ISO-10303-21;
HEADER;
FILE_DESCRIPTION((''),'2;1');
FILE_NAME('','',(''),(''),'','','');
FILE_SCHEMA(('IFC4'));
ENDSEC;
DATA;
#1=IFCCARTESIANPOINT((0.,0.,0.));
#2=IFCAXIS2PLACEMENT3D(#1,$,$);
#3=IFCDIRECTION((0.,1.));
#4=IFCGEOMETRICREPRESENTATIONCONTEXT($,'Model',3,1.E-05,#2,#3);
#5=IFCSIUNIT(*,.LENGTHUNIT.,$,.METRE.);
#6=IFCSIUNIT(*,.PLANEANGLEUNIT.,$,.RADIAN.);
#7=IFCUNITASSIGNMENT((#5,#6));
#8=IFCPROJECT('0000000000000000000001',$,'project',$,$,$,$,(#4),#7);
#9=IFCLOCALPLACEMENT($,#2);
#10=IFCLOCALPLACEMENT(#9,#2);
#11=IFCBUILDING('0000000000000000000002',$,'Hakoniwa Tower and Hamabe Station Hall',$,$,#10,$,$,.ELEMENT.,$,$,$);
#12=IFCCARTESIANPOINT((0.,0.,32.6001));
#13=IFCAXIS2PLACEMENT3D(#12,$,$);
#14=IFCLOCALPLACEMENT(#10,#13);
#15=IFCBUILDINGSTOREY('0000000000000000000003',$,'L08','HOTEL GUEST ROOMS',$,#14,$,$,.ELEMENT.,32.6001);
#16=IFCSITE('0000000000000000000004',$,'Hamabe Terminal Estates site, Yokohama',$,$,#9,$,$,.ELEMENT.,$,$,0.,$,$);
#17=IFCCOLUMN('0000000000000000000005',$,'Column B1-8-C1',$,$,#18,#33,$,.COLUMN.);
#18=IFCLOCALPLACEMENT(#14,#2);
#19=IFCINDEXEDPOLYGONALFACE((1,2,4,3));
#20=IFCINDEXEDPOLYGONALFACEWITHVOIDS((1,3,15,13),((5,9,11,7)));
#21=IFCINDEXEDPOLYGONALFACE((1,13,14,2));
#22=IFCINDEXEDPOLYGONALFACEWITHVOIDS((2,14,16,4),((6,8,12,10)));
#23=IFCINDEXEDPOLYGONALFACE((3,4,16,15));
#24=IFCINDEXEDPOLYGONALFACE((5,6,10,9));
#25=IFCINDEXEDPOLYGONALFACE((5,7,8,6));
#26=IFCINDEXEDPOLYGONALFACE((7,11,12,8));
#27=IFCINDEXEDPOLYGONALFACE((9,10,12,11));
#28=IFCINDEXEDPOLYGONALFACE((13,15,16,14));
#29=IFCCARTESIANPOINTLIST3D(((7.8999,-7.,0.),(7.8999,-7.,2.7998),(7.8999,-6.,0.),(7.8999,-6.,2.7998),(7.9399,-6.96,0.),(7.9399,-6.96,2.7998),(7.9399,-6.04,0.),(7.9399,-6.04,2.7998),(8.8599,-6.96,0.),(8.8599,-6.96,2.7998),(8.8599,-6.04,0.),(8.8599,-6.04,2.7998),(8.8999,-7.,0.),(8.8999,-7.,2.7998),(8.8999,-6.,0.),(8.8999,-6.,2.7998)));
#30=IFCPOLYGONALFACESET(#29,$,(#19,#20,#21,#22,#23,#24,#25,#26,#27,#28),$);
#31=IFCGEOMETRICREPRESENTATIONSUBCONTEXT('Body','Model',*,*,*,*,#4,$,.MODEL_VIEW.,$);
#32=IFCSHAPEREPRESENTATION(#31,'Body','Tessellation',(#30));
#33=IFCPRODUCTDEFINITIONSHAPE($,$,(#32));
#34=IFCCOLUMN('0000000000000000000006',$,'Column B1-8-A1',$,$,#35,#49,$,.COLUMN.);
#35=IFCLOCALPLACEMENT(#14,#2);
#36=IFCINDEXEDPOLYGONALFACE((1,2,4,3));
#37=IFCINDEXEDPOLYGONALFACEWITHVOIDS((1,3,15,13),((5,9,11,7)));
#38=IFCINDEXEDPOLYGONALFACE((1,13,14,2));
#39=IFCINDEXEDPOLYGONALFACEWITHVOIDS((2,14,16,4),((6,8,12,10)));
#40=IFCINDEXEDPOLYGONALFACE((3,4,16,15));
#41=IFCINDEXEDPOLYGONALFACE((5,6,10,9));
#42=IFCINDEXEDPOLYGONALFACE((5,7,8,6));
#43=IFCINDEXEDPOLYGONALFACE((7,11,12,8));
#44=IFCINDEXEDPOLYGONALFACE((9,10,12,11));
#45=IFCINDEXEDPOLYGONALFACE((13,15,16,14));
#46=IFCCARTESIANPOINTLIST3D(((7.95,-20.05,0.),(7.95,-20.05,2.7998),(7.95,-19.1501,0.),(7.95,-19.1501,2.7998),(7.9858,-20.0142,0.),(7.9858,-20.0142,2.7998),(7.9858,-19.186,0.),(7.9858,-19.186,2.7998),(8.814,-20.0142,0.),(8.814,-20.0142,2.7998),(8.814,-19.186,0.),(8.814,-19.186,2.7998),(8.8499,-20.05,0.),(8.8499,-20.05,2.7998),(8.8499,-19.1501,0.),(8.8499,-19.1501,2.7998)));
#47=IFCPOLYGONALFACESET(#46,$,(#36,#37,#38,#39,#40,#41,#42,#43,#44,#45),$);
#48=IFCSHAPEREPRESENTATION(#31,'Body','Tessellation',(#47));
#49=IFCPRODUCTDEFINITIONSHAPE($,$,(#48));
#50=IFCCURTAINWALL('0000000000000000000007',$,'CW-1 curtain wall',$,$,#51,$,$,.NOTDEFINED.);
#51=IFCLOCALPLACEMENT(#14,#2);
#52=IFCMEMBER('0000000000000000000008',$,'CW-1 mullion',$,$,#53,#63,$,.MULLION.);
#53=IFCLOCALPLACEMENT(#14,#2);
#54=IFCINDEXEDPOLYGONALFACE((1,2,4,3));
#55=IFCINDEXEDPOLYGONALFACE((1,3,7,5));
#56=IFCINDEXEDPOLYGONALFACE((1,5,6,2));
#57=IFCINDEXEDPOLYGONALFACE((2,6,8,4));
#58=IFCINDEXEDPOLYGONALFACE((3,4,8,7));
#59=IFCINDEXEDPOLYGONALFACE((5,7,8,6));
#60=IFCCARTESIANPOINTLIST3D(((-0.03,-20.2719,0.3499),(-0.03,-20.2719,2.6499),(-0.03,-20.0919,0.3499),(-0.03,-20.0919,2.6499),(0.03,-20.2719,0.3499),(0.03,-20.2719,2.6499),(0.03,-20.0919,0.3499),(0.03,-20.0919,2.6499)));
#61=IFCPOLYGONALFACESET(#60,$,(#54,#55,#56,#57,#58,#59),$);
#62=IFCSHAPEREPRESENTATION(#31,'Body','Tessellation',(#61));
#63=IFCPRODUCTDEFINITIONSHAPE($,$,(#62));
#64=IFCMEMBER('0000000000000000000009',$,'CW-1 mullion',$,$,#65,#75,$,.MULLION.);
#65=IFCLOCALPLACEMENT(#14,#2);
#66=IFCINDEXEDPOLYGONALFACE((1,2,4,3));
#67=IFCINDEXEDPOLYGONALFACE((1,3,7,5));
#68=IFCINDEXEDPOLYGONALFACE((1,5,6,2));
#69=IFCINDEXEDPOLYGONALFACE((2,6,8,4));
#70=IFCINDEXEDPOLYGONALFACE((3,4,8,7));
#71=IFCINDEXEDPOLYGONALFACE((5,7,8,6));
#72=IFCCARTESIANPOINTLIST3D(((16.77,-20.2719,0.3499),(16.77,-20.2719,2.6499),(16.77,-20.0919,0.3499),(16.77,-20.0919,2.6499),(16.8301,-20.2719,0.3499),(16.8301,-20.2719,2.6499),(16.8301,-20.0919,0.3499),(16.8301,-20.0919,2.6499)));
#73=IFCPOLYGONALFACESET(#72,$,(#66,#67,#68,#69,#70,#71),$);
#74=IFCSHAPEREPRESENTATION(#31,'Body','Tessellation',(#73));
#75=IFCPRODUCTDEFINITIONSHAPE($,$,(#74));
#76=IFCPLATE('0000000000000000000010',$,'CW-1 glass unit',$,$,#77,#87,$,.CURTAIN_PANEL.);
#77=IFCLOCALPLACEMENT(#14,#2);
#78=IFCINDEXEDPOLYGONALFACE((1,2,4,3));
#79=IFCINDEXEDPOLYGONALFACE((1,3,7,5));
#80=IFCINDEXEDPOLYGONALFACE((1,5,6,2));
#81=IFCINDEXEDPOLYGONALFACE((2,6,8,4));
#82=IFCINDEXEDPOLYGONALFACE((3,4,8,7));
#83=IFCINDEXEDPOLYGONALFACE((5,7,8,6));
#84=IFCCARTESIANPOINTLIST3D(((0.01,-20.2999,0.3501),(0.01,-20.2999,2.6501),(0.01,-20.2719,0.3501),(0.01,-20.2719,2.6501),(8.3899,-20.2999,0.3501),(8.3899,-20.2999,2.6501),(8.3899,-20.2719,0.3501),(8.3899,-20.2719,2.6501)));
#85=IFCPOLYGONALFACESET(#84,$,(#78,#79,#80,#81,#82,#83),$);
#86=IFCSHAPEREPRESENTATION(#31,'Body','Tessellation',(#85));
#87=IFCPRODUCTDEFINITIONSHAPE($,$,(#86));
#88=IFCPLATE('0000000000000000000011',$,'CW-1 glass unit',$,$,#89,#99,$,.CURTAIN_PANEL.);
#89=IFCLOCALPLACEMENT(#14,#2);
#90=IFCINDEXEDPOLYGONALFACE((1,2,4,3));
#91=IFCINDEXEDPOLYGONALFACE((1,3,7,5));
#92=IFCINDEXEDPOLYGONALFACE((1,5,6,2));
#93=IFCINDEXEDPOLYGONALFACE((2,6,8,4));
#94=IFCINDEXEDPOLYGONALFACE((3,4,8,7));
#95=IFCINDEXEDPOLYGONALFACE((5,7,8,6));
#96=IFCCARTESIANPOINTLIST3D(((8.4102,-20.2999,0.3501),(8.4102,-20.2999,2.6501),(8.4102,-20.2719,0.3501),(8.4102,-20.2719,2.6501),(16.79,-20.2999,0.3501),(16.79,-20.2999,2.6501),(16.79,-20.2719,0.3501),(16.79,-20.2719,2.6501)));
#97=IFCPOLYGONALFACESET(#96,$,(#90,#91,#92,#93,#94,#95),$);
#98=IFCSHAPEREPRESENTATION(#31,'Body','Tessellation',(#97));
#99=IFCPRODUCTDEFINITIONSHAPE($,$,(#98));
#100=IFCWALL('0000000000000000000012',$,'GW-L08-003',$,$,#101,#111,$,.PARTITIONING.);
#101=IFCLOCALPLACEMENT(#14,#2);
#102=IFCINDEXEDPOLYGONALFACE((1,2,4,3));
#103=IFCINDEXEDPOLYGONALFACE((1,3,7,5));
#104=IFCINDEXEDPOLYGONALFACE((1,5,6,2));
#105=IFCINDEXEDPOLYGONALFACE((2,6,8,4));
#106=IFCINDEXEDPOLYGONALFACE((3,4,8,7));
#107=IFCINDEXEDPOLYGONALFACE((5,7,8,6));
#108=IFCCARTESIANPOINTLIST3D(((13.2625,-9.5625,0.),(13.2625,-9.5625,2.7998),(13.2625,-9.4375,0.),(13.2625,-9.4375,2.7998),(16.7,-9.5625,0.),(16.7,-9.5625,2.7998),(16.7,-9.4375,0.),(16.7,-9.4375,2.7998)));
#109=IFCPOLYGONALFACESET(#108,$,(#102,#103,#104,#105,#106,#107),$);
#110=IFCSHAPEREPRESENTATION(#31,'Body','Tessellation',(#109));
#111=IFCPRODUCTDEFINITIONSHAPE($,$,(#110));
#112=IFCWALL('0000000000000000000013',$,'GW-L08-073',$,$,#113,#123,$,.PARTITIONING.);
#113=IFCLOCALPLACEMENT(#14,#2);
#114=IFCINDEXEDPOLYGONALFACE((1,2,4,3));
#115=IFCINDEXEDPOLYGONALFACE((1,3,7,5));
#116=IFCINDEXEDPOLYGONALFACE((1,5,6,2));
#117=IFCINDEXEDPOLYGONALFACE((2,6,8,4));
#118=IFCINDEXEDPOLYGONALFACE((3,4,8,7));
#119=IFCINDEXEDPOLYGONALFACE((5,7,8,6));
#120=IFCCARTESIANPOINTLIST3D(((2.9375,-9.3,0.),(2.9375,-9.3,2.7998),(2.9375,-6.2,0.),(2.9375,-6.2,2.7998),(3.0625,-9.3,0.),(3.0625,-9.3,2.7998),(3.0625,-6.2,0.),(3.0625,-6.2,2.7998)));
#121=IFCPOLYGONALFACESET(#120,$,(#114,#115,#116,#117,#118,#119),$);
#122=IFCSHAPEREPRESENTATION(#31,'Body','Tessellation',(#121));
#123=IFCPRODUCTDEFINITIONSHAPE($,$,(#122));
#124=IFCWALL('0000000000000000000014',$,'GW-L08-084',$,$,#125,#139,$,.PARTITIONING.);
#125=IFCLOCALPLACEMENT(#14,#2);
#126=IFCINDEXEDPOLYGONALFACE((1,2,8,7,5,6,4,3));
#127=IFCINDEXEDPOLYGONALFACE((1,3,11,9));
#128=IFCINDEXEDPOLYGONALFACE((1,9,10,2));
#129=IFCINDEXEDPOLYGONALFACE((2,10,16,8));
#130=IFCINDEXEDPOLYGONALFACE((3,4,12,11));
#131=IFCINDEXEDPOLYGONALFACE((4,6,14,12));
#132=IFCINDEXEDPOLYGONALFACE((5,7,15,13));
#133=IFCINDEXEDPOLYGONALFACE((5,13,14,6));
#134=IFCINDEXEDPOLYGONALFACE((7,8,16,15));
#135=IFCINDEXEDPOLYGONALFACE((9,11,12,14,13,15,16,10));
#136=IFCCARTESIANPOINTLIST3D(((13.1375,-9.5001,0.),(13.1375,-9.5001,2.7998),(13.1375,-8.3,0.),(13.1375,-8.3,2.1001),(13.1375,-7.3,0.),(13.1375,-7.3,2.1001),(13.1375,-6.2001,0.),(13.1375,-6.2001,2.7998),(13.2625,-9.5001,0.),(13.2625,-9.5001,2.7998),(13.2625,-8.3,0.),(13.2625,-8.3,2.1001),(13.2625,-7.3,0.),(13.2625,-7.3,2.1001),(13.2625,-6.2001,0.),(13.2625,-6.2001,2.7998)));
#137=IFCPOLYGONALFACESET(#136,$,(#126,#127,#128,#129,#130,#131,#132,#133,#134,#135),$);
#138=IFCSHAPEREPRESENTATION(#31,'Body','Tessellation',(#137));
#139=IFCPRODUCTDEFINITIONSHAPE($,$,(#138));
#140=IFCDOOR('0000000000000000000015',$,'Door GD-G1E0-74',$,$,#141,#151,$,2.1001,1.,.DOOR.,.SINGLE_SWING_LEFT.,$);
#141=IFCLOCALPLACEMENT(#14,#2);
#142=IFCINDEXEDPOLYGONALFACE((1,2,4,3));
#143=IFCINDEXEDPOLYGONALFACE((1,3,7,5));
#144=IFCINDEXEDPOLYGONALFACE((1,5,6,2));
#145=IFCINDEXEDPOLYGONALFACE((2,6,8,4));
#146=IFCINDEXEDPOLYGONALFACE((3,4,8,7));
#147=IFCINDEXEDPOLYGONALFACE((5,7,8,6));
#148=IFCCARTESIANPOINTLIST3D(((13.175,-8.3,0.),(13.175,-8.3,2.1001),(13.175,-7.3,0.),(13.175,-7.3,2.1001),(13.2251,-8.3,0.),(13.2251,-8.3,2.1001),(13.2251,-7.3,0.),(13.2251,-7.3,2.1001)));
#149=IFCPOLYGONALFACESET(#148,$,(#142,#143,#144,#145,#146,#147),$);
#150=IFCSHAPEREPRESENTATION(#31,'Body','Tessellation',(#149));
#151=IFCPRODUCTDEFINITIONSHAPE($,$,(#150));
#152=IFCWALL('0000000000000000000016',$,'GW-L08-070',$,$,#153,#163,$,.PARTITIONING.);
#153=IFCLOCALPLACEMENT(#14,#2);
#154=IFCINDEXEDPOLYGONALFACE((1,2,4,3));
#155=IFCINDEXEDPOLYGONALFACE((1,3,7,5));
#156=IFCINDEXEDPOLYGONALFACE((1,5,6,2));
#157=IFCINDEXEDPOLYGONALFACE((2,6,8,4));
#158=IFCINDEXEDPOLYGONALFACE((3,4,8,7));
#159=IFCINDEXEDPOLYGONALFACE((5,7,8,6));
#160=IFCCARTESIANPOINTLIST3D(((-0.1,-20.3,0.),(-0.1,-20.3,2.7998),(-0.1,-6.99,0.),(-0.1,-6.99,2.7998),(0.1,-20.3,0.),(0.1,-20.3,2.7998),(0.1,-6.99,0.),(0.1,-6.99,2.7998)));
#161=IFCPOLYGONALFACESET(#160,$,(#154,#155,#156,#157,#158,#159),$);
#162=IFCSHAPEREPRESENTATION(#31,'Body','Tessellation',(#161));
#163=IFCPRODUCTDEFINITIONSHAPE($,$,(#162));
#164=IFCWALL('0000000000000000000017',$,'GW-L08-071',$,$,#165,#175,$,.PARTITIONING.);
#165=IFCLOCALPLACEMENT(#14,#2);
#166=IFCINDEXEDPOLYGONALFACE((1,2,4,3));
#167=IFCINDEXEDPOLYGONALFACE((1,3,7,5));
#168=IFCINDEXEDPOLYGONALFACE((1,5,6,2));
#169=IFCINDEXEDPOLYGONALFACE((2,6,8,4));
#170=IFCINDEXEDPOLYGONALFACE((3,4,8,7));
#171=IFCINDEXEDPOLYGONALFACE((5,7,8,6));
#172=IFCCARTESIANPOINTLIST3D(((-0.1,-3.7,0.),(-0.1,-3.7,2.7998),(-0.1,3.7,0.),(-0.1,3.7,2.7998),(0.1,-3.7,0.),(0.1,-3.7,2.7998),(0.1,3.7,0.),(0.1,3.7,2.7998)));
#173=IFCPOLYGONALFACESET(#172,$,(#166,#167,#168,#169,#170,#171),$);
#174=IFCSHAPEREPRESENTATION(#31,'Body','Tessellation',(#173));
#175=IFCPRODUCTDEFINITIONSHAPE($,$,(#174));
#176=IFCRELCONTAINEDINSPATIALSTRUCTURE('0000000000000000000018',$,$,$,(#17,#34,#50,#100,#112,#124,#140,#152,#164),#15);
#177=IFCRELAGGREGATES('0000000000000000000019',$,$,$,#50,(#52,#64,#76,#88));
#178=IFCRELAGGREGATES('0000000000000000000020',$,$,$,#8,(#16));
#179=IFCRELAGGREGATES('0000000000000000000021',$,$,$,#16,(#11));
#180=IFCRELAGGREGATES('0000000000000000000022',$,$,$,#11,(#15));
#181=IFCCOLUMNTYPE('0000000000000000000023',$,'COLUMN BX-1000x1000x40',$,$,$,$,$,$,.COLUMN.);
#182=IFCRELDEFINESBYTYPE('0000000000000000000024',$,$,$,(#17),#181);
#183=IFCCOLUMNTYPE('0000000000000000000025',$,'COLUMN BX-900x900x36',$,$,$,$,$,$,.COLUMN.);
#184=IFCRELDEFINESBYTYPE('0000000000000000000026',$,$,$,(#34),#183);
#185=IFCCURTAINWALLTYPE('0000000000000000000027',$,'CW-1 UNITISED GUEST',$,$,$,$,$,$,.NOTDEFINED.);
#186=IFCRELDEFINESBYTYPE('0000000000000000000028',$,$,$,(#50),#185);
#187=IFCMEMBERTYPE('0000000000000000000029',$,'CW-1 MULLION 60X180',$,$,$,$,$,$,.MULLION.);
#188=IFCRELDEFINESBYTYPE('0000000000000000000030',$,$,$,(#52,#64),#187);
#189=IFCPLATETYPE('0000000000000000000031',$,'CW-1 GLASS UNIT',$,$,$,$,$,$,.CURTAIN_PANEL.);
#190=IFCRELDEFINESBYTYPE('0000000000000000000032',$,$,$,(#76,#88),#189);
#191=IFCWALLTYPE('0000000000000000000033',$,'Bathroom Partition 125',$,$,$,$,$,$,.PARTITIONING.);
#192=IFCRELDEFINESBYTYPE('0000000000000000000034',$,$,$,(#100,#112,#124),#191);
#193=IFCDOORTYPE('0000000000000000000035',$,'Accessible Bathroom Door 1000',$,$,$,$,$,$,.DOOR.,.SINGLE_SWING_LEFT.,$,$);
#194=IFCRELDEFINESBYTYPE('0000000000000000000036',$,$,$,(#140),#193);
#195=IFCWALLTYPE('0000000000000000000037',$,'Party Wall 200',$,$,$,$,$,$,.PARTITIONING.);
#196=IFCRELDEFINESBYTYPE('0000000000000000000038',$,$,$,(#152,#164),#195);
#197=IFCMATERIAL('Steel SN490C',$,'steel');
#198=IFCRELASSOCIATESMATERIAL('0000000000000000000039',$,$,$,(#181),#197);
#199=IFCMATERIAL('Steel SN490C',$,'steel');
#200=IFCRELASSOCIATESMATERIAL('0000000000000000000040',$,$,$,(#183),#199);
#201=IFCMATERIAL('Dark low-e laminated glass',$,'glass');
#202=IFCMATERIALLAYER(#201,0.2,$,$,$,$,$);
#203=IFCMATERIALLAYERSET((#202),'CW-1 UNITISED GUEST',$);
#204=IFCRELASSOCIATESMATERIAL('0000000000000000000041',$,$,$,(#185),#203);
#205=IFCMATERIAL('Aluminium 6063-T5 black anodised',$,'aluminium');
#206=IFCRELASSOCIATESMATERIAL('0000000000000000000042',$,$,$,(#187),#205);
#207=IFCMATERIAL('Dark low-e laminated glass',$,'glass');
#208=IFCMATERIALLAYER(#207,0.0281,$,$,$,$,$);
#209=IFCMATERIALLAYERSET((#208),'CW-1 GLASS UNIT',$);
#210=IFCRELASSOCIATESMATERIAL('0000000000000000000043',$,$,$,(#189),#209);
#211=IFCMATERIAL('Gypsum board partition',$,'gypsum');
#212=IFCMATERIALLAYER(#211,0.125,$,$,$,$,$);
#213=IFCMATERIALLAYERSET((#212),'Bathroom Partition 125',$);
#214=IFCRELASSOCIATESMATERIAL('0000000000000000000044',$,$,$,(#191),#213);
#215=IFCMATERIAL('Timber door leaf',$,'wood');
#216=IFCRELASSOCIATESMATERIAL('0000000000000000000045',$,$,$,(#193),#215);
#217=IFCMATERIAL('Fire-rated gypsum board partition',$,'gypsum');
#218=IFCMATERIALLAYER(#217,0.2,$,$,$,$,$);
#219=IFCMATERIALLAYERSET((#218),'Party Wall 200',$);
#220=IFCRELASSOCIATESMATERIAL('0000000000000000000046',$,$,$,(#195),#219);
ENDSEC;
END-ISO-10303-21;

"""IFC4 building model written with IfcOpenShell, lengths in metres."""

from ifc_helpers import new_model, si_unit, direction, frame, frame_2d, origin, origin_2d, place, context, subcontext, project, spatial, rectangle, hollow_rectangle, extrude, material, layer, layer_set, material_profile, profile_set, type_object, element, fill, aggregate, save


model = new_model("IFC4")

# Units and contexts
model_context = context("Model", 3, precision=1e-05, world=origin(), true_north=direction((0.0, 1.0)))
body_context = subcontext(model_context, "Body", "Model", "MODEL_VIEW")
ifc_project = project(units=[si_unit("LENGTHUNIT", "METRE"), si_unit("PLANEANGLEUNIT", "RADIAN")], contexts=[model_context])

# Site, building, storey
site_placement = place(None, origin())
site = spatial("IfcSite", under=ifc_project, at=site_placement, Name="Hamabe Terminal Estates site, Yokohama", CompositionType="ELEMENT", RefElevation=0.0)
building_placement = place(site_placement, origin())
building = spatial("IfcBuilding", under=site, at=building_placement, Name="Hakoniwa Tower and Hamabe Station Hall", CompositionType="ELEMENT")
storey_placement = place(building_placement, frame((0.0, 0.0, 32.6001)))
storey = spatial("IfcBuildingStorey", under=building, at=storey_placement, Name="L08", Description="HOTEL GUEST ROOMS", CompositionType="ELEMENT", Elevation=32.6001)

# Columns
ifc_material_1 = material(Name="Steel SN490C", Category="steel")
ifc_material_profile_1 = material_profile(ifc_material_1, hollow_rectangle(XDim=1.0, YDim=1.0, WallThickness=0.04, at=origin_2d()), Name="BX-1000x1000x40")
ifc_profile_set_1 = profile_set([ifc_material_profile_1], Name="Steel SN490C")
column_type_1 = type_object("IfcColumnType", Name="COLUMN BX-1000x1000x40", PredefinedType="COLUMN", material=ifc_profile_set_1)
column_1_placement = place(storey_placement, frame((8.3999, -6.5, 0.0), z_axis=(0.0, 0.0, 1.0), x_axis=(1.0, 0.0, 0.0)))
element("IfcColumn", 1, at=column_1_placement, inside=storey, type_object=column_type_1, Name="Column B1-8-C1", PredefinedType="COLUMN", context=body_context, shape_type="SweptSolid", body=[
    extrude(hollow_rectangle(XDim=1.0, YDim=1.0, WallThickness=0.04, at=origin_2d()), origin(), (0.0, 0.0, 1.0), 2.7998),
])
ifc_material_2 = material(Name="Steel SN490C", Category="steel")
ifc_material_profile_2 = material_profile(ifc_material_2, hollow_rectangle(XDim=0.8999, YDim=0.8999, WallThickness=0.0359, at=origin_2d()), Name="BX-900x900x36")
ifc_profile_set_2 = profile_set([ifc_material_profile_2], Name="Steel SN490C")
column_type_2 = type_object("IfcColumnType", Name="COLUMN BX-900x900x36", PredefinedType="COLUMN", material=ifc_profile_set_2)
column_2_placement = place(storey_placement, frame((8.3999, -19.6001, 0.0), z_axis=(0.0, 0.0, 1.0), x_axis=(1.0, 0.0, 0.0)))
element("IfcColumn", 2, at=column_2_placement, inside=storey, type_object=column_type_2, Name="Column B1-8-A1", PredefinedType="COLUMN", context=body_context, shape_type="SweptSolid", body=[
    extrude(hollow_rectangle(XDim=0.8999, YDim=0.8999, WallThickness=0.0359, at=origin_2d()), origin(), (0.0, 0.0, 1.0), 2.7998),
])

# Curtain wall, members, plates
ifc_material_3 = material(Name="Dark low-e laminated glass", Category="glass")
ifc_layer_1 = layer(ifc_material_3, 0.2)
ifc_layer_set_1 = layer_set([ifc_layer_1], Name="CW-1 UNITISED GUEST")
curtain_wall_type = type_object("IfcCurtainWallType", Name="CW-1 UNITISED GUEST", PredefinedType="NOTDEFINED", material=ifc_layer_set_1)
curtain_wall_placement = place(storey_placement, origin())
curtain_wall = element("IfcCurtainWall", 3, at=curtain_wall_placement, inside=storey, type_object=curtain_wall_type, Name="CW-1 curtain wall", PredefinedType="NOTDEFINED")
ifc_material_4 = material(Name="Aluminium 6063-T5 black anodised", Category="aluminium")
ifc_material_profile_3 = material_profile(ifc_material_4, rectangle(XDim=0.0601, YDim=0.1799, at=origin_2d()), Name="CW-1 MULLION 60X180")
ifc_profile_set_3 = profile_set([ifc_material_profile_3], Name="Aluminium 6063-T5 black anodised")
member_type = type_object("IfcMemberType", Name="CW-1 MULLION 60X180", PredefinedType="MULLION", material=ifc_profile_set_3)
member_1_placement = place(storey_placement, frame((0.0, -20.1819, 0.3499), z_axis=(0.0, 0.0, 1.0), x_axis=(1.0, 0.0, 0.0)))
member_1 = element("IfcMember", 4, at=member_1_placement, type_object=member_type, Name="CW-1 mullion", PredefinedType="MULLION", context=body_context, shape_type="SweptSolid", body=[
    extrude(rectangle(XDim=0.0601, YDim=0.1799, at=origin_2d()), origin(), (0.0, 0.0, 1.0), 2.3),
])
member_2_placement = place(storey_placement, frame((16.8, -20.1819, 0.3499), z_axis=(0.0, 0.0, 1.0), x_axis=(1.0, 0.0, 0.0)))
member_2 = element("IfcMember", 5, at=member_2_placement, type_object=member_type, Name="CW-1 mullion", PredefinedType="MULLION", context=body_context, shape_type="SweptSolid", body=[
    extrude(rectangle(XDim=0.0601, YDim=0.1799, at=origin_2d()), origin(), (0.0, 0.0, 1.0), 2.3),
])
ifc_material_5 = material(Name="Dark low-e laminated glass", Category="glass")
ifc_layer_2 = layer(ifc_material_5, 0.0281)
ifc_layer_set_2 = layer_set([ifc_layer_2], Name="CW-1 GLASS UNIT")
plate_type = type_object("IfcPlateType", Name="CW-1 GLASS UNIT", PredefinedType="CURTAIN_PANEL", material=ifc_layer_set_2)
plate_1_placement = place(storey_placement, frame((4.2, -20.2859, 0.3501), z_axis=(0.0, 0.0, 1.0), x_axis=(1.0, 0.0, 0.0)))
plate_1 = element("IfcPlate", 6, at=plate_1_placement, type_object=plate_type, Name="CW-1 glass unit", PredefinedType="CURTAIN_PANEL", context=body_context, shape_type="SweptSolid", body=[
    extrude(rectangle(XDim=8.3799, YDim=0.0281, at=origin_2d()), origin(), (0.0, 0.0, 1.0), 2.3),
])
plate_2_placement = place(storey_placement, frame((12.6001, -20.2859, 0.3501), z_axis=(0.0, 0.0, 1.0), x_axis=(1.0, 0.0, 0.0)))
plate_2 = element("IfcPlate", 7, at=plate_2_placement, type_object=plate_type, Name="CW-1 glass unit", PredefinedType="CURTAIN_PANEL", context=body_context, shape_type="SweptSolid", body=[
    extrude(rectangle(XDim=8.3799, YDim=0.0281, at=origin_2d()), origin(), (0.0, 0.0, 1.0), 2.3),
])
aggregate(curtain_wall, [member_1, member_2, plate_1, plate_2])

# Walls
ifc_material_6 = material(Name="Gypsum board partition", Category="gypsum")
ifc_layer_3 = layer(ifc_material_6, 0.125)
ifc_layer_set_3 = layer_set([ifc_layer_3], Name="Bathroom Partition 125")
wall_type_1 = type_object("IfcWallType", Name="Bathroom Partition 125", PredefinedType="PARTITIONING", material=ifc_layer_set_3)
wall_1_placement = place(storey_placement, frame((13.2625, -9.5, 0.0), z_axis=(0.0, 0.0, 1.0), x_axis=(1.0, 0.0, 0.0)))
element("IfcWall", 8, at=wall_1_placement, inside=storey, type_object=wall_type_1, Name="GW-L08-003", PredefinedType="PARTITIONING", context=body_context, shape_type="SweptSolid", body=[
    extrude(rectangle(XDim=3.4375, YDim=0.125, at=frame_2d((1.7188, 0.0))), origin(), (0.0, 0.0, 1.0), 2.7998),
])
wall_2_placement = place(storey_placement, frame((3.0, -9.3, 0.0), z_axis=(0.0, 0.0, 1.0), x_axis=(0.0, 1.0, 0.0)))
element("IfcWall", 9, at=wall_2_placement, inside=storey, type_object=wall_type_1, Name="GW-L08-073", PredefinedType="PARTITIONING", context=body_context, shape_type="SweptSolid", body=[
    extrude(rectangle(XDim=3.1001, YDim=0.125, at=frame_2d((1.55, 0.0))), origin(), (0.0, 0.0, 1.0), 2.7998),
])

# Wall, opening, door
wall_3_placement = place(storey_placement, frame((13.2, -9.5, 0.0), z_axis=(0.0, 0.0, 1.0), x_axis=(0.0, 1.0, 0.0)))
wall_3 = element("IfcWall", 10, at=wall_3_placement, inside=storey, type_object=wall_type_1, Name="GW-L08-084", PredefinedType="PARTITIONING", context=body_context, shape_type="SweptSolid", body=[
    extrude(rectangle(XDim=3.3, YDim=0.125, at=frame_2d((1.6499, 0.0))), origin(), (0.0, 0.0, 1.0), 2.7998),
])
opening_1_placement = place(wall_3_placement, frame((1.2, 0.0, 0.0)))
opening_1 = element("IfcOpeningElement", 11, at=opening_1_placement, cuts=wall_3, PredefinedType="OPENING", context=body_context, shape_type="SweptSolid", body=[
    extrude(rectangle(XDim=1.0, YDim=2.1001, at=frame_2d((0.5, 1.05))), frame((0.0, 0.0725, 0.0), z_axis=(0.0, -1.0, 0.0), x_axis=(1.0, 0.0, 0.0)), (0.0, 0.0, 1.0), 0.145),
])
ifc_material_7 = material(Name="Timber door leaf", Category="wood")
door_type_1 = type_object("IfcDoorType", Name="Accessible Bathroom Door 1000", OperationType="SINGLE_SWING_LEFT", PredefinedType="DOOR", material=ifc_material_7)
door_1_placement = place(opening_1_placement, origin())
door_1 = element("IfcDoor", 12, at=door_1_placement, inside=storey, type_object=door_type_1, Name="Door GD-G1E0-74", OperationType="SINGLE_SWING_LEFT", OverallHeight=2.1001, OverallWidth=1.0, PredefinedType="DOOR", context=body_context, shape_type="SweptSolid", body=[
    extrude(rectangle(XDim=1.0, YDim=2.1001, at=frame_2d((0.5, 1.05))), frame((0.0, 0.0249, 0.0), z_axis=(0.0, -1.0, 0.0), x_axis=(1.0, 0.0, 0.0)), (0.0, 0.0, 1.0), 0.05),
])
fill(opening_1, door_1)

# Walls
ifc_material_8 = material(Name="Fire-rated gypsum board partition", Category="gypsum")
ifc_layer_4 = layer(ifc_material_8, 0.2)
ifc_layer_set_4 = layer_set([ifc_layer_4], Name="Party Wall 200")
wall_type_2 = type_object("IfcWallType", Name="Party Wall 200", PredefinedType="PARTITIONING", material=ifc_layer_set_4)
wall_4_placement = place(storey_placement, frame((0.0, -20.3, 0.0), z_axis=(0.0, 0.0, 1.0), x_axis=(0.0, 1.0, 0.0)))
element("IfcWall", 13, at=wall_4_placement, inside=storey, type_object=wall_type_2, Name="GW-L08-070", PredefinedType="PARTITIONING", context=body_context, shape_type="SweptSolid", body=[
    extrude(rectangle(XDim=13.3101, YDim=0.2, at=frame_2d((6.655, 0.0))), origin(), (0.0, 0.0, 1.0), 2.7998),
])
for number, where, z_axis, x_axis, name in (
    (14, (0.0, -3.7, 0.0), (0.0, 0.0, 1.0), (0.0, 1.0, 0.0), "GW-L08-071"),
):
    element("IfcWall", number, at=place(storey_placement, frame(where, z_axis=z_axis, x_axis=x_axis)), inside=storey, type_object=wall_type_2, Name=name, PredefinedType="PARTITIONING", context=body_context, shape_type="SweptSolid", body=[
        extrude(rectangle(XDim=7.3999, YDim=0.2, at=frame_2d((3.7, 0.0))), origin(), (0.0, 0.0, 1.0), 2.7998),
    ])

save(model, "model.ifc")
